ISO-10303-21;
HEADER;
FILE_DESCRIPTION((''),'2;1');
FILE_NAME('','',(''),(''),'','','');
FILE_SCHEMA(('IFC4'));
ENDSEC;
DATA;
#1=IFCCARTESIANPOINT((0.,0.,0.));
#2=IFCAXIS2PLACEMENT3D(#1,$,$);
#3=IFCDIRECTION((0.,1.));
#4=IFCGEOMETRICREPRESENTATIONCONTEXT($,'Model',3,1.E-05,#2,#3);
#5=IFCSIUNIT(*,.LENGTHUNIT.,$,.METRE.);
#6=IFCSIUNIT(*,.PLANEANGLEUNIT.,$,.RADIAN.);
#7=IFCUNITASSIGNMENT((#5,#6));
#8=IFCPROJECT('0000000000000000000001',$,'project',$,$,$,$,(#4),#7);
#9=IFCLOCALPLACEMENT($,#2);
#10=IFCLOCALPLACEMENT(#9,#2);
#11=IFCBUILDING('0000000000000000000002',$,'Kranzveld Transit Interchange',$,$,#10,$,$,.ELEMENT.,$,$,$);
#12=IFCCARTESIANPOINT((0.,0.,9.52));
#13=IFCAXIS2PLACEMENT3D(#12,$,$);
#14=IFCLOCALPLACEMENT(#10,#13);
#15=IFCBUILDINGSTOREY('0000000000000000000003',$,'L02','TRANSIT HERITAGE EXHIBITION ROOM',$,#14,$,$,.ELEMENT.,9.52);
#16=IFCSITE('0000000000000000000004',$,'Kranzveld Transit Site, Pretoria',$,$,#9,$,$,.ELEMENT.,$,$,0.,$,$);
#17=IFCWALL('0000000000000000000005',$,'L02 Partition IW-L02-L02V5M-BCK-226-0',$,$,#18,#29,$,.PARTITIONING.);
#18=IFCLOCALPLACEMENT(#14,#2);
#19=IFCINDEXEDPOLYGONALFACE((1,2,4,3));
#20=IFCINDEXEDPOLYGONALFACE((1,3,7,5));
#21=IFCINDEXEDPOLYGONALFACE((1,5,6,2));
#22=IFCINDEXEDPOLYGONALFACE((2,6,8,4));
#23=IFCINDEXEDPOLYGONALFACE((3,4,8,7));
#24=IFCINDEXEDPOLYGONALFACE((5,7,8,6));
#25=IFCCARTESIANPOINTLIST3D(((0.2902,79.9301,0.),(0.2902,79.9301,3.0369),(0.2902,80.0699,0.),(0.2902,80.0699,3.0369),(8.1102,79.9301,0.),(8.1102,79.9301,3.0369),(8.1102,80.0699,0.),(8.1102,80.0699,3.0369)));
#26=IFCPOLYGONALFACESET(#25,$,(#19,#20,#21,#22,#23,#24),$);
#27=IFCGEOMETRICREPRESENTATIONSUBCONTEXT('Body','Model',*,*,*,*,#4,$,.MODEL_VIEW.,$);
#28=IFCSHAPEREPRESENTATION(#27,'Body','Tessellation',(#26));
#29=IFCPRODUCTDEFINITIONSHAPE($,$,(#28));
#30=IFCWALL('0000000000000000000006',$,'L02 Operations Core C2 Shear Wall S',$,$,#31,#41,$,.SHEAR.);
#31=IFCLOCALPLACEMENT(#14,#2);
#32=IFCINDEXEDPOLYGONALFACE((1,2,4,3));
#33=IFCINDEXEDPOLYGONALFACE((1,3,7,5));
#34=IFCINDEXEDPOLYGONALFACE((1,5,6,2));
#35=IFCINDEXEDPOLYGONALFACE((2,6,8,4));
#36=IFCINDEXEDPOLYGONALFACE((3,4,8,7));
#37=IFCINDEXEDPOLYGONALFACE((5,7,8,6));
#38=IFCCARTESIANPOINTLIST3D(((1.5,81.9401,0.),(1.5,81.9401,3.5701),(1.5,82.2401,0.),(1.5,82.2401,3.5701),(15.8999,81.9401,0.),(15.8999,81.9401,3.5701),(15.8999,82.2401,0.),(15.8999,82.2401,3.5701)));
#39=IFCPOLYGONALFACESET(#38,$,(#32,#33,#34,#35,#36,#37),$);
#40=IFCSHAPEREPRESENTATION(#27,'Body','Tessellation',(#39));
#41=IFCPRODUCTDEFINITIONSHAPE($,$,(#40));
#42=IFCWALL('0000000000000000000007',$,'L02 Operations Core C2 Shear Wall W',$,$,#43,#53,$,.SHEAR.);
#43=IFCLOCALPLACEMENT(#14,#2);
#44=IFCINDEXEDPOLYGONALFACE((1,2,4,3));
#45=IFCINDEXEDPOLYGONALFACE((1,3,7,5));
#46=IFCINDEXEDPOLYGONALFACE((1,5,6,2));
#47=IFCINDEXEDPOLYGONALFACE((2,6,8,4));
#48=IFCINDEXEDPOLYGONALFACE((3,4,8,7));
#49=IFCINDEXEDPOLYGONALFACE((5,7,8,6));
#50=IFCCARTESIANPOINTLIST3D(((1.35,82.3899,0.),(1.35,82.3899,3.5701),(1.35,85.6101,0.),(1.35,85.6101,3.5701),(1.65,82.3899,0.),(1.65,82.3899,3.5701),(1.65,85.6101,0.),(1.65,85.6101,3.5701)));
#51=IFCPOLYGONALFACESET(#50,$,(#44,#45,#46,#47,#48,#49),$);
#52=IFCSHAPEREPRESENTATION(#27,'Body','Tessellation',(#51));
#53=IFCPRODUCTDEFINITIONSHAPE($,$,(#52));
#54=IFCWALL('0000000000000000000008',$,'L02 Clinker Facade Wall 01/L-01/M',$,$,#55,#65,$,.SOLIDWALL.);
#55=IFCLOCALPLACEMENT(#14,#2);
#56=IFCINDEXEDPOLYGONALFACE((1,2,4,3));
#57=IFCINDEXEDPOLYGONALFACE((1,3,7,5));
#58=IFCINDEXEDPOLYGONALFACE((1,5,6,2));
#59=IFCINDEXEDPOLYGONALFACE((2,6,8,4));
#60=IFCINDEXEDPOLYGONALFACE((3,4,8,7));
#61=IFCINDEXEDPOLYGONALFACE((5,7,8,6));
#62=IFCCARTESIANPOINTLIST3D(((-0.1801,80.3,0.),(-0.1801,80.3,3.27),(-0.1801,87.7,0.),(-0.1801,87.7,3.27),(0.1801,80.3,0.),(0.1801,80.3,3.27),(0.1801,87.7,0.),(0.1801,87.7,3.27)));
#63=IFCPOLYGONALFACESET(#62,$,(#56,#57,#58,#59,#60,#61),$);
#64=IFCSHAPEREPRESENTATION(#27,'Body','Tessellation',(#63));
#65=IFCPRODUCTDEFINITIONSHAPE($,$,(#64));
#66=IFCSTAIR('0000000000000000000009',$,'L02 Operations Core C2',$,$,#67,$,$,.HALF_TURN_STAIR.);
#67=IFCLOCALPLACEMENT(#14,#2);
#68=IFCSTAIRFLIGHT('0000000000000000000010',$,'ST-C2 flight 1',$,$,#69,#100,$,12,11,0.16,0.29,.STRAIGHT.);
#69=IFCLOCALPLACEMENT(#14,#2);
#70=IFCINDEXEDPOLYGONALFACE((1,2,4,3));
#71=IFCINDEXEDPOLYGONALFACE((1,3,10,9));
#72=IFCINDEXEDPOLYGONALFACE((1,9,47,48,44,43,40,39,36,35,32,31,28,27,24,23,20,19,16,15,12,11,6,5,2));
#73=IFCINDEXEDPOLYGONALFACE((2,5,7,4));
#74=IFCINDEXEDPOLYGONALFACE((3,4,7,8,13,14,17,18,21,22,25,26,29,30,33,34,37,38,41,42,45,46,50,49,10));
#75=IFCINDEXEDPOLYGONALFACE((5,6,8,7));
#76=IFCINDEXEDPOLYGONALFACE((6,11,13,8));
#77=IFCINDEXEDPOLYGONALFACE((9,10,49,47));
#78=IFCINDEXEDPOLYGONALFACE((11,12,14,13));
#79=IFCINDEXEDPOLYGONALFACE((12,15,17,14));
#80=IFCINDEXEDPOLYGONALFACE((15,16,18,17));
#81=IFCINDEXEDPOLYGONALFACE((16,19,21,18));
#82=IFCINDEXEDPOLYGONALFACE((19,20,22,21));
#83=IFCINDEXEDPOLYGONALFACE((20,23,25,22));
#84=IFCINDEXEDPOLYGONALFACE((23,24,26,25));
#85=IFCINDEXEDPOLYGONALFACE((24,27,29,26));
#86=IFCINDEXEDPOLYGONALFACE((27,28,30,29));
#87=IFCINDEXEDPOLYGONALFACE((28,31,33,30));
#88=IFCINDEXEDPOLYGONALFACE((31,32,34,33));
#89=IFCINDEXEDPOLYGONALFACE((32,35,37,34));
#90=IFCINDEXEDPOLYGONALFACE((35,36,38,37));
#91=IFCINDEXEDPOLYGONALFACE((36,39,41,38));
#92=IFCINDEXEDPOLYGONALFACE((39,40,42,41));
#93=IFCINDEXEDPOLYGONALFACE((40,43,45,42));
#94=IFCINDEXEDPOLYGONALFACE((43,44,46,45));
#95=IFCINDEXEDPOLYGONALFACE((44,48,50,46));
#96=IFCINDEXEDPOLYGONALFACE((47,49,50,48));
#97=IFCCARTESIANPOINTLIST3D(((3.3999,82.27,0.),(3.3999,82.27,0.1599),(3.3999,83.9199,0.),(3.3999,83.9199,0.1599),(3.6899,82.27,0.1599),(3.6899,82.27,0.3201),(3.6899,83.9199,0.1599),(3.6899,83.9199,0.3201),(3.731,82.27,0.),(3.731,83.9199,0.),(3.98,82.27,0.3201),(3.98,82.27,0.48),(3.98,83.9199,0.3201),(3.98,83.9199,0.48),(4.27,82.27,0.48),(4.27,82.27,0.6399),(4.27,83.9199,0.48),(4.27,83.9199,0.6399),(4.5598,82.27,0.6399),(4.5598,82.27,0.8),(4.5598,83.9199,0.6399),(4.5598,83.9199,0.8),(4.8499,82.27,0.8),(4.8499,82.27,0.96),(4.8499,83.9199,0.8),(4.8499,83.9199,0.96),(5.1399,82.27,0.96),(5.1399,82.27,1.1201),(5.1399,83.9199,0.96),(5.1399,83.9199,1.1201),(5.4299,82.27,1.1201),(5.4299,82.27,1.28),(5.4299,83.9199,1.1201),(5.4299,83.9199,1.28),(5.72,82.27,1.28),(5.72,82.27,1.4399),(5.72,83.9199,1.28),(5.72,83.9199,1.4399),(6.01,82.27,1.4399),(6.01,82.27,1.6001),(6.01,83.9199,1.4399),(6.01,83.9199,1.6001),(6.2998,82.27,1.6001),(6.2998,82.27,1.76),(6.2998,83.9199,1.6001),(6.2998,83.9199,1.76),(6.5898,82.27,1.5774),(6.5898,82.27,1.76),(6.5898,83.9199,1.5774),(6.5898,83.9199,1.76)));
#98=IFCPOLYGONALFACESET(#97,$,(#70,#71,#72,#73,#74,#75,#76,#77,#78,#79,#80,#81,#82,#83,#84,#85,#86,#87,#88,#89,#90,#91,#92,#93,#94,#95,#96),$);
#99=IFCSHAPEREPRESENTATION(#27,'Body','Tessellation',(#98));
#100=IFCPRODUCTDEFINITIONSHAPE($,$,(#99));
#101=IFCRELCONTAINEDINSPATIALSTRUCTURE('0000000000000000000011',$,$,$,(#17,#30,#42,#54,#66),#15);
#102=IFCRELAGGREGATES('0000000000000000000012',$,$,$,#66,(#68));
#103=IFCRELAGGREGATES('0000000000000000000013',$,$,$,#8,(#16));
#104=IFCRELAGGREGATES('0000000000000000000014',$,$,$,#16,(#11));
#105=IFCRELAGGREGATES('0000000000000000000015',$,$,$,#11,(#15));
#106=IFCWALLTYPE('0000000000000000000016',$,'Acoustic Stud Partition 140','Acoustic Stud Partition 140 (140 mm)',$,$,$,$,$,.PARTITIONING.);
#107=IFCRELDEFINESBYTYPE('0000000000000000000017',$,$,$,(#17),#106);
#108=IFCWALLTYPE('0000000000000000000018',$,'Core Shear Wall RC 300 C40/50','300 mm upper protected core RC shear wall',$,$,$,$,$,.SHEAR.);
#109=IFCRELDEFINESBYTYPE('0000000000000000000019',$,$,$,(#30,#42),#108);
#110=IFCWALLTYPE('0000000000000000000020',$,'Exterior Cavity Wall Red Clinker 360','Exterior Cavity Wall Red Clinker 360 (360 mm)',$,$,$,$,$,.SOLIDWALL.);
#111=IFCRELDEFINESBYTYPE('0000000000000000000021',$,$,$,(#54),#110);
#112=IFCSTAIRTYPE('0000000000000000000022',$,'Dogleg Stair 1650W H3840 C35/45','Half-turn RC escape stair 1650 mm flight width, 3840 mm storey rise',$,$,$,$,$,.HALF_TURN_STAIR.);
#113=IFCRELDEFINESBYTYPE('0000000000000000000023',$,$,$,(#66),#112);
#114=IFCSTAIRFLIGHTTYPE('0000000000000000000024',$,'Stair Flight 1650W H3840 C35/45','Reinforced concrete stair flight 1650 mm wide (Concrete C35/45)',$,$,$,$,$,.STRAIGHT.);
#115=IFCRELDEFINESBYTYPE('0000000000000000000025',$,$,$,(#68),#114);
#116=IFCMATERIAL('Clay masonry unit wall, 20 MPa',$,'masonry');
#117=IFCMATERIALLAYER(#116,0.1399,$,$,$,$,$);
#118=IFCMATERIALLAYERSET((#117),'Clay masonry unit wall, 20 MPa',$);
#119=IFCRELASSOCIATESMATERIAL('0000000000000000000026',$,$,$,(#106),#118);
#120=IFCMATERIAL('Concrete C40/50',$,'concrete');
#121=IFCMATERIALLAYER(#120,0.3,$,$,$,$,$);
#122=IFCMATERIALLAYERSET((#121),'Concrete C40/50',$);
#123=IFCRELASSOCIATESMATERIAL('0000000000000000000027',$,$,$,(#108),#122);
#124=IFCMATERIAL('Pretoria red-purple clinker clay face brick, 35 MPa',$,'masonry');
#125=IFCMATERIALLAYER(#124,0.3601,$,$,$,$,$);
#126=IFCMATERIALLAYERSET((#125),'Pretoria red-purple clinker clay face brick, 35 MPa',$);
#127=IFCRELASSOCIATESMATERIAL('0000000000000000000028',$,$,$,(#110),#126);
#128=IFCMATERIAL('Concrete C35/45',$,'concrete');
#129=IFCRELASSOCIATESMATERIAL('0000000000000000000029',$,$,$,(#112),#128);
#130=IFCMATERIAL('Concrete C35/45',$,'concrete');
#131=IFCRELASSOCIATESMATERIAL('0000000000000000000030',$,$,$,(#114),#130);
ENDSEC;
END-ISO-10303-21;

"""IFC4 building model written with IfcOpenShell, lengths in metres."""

from ifc_helpers import new_model, si_unit, direction, frame, frame_2d, origin, place, context, subcontext, project, spatial, polyline, rectangle, outline, extrude, material, layer, layer_set, type_object, element, aggregate, save


model = new_model("IFC4")

# Units and contexts
model_context = context("Model", 3, precision=1e-05, world=origin(), true_north=direction((0.0, 1.0)))
body_context = subcontext(model_context, "Body", "Model", "MODEL_VIEW")
ifc_project = project(units=[si_unit("LENGTHUNIT", "METRE"), si_unit("PLANEANGLEUNIT", "RADIAN")], contexts=[model_context])

# Site, building, storey
site_placement = place(None, origin())
site = spatial("IfcSite", under=ifc_project, at=site_placement, Name="Kranzveld Transit Site, Pretoria", CompositionType="ELEMENT", RefElevation=0.0)
building_placement = place(site_placement, origin())
building = spatial("IfcBuilding", under=site, at=building_placement, Name="Kranzveld Transit Interchange", CompositionType="ELEMENT")
storey_placement = place(building_placement, frame((0.0, 0.0, 9.52)))
storey = spatial("IfcBuildingStorey", under=building, at=storey_placement, Name="L02", Description="TRANSIT HERITAGE EXHIBITION ROOM", CompositionType="ELEMENT", Elevation=9.52)

# Walls
ifc_material_1 = material(Name="Clay masonry unit wall, 20 MPa", Category="masonry")
ifc_layer_1 = layer(ifc_material_1, 0.1399)
ifc_layer_set_1 = layer_set([ifc_layer_1], Name="Clay masonry unit wall, 20 MPa")
wall_type_1 = type_object("IfcWallType", Name="Acoustic Stud Partition 140", Description="Acoustic Stud Partition 140 (140 mm)", PredefinedType="PARTITIONING", material=ifc_layer_set_1)
wall_1_placement = place(storey_placement, frame((0.29, 80.0, 0.0), z_axis=(0.0, 0.0, 1.0), x_axis=(1.0, 0.0, 0.0)))
element("IfcWall", 1, at=wall_1_placement, inside=storey, type_object=wall_type_1, Name="L02 Partition IW-L02-L02V5M-BCK-226-0", PredefinedType="PARTITIONING", context=body_context, shape_type="SweptSolid", body=[
    extrude(rectangle(XDim=7.8201, YDim=0.1399, at=frame_2d((3.9102, 0.0))), origin(), (0.0, 0.0, 1.0), 3.0369),
])
ifc_material_2 = material(Name="Concrete C40/50", Category="concrete")
ifc_layer_2 = layer(ifc_material_2, 0.3)
ifc_layer_set_2 = layer_set([ifc_layer_2], Name="Concrete C40/50")
wall_type_2 = type_object("IfcWallType", Name="Core Shear Wall RC 300 C40/50", Description="300 mm upper protected core RC shear wall", PredefinedType="SHEAR", material=ifc_layer_set_2)
wall_2_placement = place(storey_placement, frame((1.5, 82.0901, 0.0), z_axis=(0.0, 0.0, 1.0), x_axis=(1.0, 0.0, 0.0)))
element("IfcWall", 2, at=wall_2_placement, inside=storey, type_object=wall_type_2, Name="L02 Operations Core C2 Shear Wall S", PredefinedType="SHEAR", context=body_context, shape_type="SweptSolid", body=[
    extrude(rectangle(XDim=14.3999, YDim=0.3, at=frame_2d((7.2, 0.0))), origin(), (0.0, 0.0, 1.0), 3.5701),
])
wall_3_placement = place(storey_placement, frame((1.5, 82.3899, 0.0), z_axis=(0.0, 0.0, 1.0), x_axis=(0.0, 1.0, 0.0)))
element("IfcWall", 3, at=wall_3_placement, inside=storey, type_object=wall_type_2, Name="L02 Operations Core C2 Shear Wall W", PredefinedType="SHEAR", context=body_context, shape_type="SweptSolid", body=[
    extrude(rectangle(XDim=3.2202, YDim=0.3, at=frame_2d((1.6101, 0.0))), origin(), (0.0, 0.0, 1.0), 3.5701),
])
ifc_material_3 = material(Name="Pretoria red-purple clinker clay face brick, 35 MPa", Category="masonry")
ifc_layer_3 = layer(ifc_material_3, 0.3601)
ifc_layer_set_3 = layer_set([ifc_layer_3], Name="Pretoria red-purple clinker clay face brick, 35 MPa")
wall_type_3 = type_object("IfcWallType", Name="Exterior Cavity Wall Red Clinker 360", Description="Exterior Cavity Wall Red Clinker 360 (360 mm)", PredefinedType="SOLIDWALL", material=ifc_layer_set_3)
wall_4_placement = place(storey_placement, frame((0.0, 80.3, 0.0), z_axis=(0.0, 0.0, 1.0), x_axis=(0.0, 1.0, 0.0)))
element("IfcWall", 4, at=wall_4_placement, inside=storey, type_object=wall_type_3, Name="L02 Clinker Facade Wall 01/L-01/M", PredefinedType="SOLIDWALL", context=body_context, shape_type="SweptSolid", body=[
    extrude(rectangle(XDim=7.3999, YDim=0.3601, at=frame_2d((3.7, 0.0))), origin(), (0.0, 0.0, 1.0), 3.27),
])

# Stair, stair flight
ifc_material_4 = material(Name="Concrete C35/45", Category="concrete")
stair_type = type_object("IfcStairType", Name="Dogleg Stair 1650W H3840 C35/45", Description="Half-turn RC escape stair 1650 mm flight width, 3840 mm storey rise", PredefinedType="HALF_TURN_STAIR", material=ifc_material_4)
stair_placement = place(storey_placement, origin())
stair = element("IfcStair", 5, at=stair_placement, inside=storey, type_object=stair_type, Name="L02 Operations Core C2", PredefinedType="HALF_TURN_STAIR")
ifc_material_5 = material(Name="Concrete C35/45", Category="concrete")
stair_flight_type = type_object("IfcStairFlightType", Name="Stair Flight 1650W H3840 C35/45", Description="Reinforced concrete stair flight 1650 mm wide (Concrete C35/45)", PredefinedType="STRAIGHT", material=ifc_material_5)
stair_flight_placement = place(storey_placement, frame((3.3999, 83.095, 0.0), z_axis=(0.0, 0.0, 1.0), x_axis=(1.0, 0.0, 0.0)))
stair_flight = element("IfcStairFlight", 6, at=stair_flight_placement, type_object=stair_flight_type, Name="ST-C2 flight 1", NumberOfRisers=12, NumberOfTreads=11, PredefinedType="STRAIGHT", RiserHeight=0.16, TreadLength=0.29, context=body_context, shape_type="SweptSolid", body=[
    extrude(outline(polyline([(0.0, 0.0), (0.0, 0.1599), (0.29, 0.1599), (0.29, 0.3201), (0.5801, 0.3201), (0.5801, 0.48), (0.8701, 0.48), (0.8701, 0.6399), (1.1599, 0.6399), (1.1599, 0.8), (1.45, 0.8), (1.45, 0.96), (1.74, 0.96), (1.74, 1.1201), (2.03, 1.1201), (2.03, 1.28), (2.3201, 1.28), (2.3201, 1.4399), (2.6101, 1.4399), (2.6101, 1.6001), (2.8999, 1.6001), (2.8999, 1.76), (3.1899, 1.76), (3.1899, 1.9199), (3.1899, 1.5774), (0.3311, 0.0), (0.0, 0.0)])), frame((0.0, 0.825, 0.0), z_axis=(0.0, -1.0, 0.0), x_axis=(1.0, 0.0, 0.0)), (0.0, 0.0, 1.0), 1.6499),
])
aggregate(stair, [stair_flight])

save(model, "model.ifc")
